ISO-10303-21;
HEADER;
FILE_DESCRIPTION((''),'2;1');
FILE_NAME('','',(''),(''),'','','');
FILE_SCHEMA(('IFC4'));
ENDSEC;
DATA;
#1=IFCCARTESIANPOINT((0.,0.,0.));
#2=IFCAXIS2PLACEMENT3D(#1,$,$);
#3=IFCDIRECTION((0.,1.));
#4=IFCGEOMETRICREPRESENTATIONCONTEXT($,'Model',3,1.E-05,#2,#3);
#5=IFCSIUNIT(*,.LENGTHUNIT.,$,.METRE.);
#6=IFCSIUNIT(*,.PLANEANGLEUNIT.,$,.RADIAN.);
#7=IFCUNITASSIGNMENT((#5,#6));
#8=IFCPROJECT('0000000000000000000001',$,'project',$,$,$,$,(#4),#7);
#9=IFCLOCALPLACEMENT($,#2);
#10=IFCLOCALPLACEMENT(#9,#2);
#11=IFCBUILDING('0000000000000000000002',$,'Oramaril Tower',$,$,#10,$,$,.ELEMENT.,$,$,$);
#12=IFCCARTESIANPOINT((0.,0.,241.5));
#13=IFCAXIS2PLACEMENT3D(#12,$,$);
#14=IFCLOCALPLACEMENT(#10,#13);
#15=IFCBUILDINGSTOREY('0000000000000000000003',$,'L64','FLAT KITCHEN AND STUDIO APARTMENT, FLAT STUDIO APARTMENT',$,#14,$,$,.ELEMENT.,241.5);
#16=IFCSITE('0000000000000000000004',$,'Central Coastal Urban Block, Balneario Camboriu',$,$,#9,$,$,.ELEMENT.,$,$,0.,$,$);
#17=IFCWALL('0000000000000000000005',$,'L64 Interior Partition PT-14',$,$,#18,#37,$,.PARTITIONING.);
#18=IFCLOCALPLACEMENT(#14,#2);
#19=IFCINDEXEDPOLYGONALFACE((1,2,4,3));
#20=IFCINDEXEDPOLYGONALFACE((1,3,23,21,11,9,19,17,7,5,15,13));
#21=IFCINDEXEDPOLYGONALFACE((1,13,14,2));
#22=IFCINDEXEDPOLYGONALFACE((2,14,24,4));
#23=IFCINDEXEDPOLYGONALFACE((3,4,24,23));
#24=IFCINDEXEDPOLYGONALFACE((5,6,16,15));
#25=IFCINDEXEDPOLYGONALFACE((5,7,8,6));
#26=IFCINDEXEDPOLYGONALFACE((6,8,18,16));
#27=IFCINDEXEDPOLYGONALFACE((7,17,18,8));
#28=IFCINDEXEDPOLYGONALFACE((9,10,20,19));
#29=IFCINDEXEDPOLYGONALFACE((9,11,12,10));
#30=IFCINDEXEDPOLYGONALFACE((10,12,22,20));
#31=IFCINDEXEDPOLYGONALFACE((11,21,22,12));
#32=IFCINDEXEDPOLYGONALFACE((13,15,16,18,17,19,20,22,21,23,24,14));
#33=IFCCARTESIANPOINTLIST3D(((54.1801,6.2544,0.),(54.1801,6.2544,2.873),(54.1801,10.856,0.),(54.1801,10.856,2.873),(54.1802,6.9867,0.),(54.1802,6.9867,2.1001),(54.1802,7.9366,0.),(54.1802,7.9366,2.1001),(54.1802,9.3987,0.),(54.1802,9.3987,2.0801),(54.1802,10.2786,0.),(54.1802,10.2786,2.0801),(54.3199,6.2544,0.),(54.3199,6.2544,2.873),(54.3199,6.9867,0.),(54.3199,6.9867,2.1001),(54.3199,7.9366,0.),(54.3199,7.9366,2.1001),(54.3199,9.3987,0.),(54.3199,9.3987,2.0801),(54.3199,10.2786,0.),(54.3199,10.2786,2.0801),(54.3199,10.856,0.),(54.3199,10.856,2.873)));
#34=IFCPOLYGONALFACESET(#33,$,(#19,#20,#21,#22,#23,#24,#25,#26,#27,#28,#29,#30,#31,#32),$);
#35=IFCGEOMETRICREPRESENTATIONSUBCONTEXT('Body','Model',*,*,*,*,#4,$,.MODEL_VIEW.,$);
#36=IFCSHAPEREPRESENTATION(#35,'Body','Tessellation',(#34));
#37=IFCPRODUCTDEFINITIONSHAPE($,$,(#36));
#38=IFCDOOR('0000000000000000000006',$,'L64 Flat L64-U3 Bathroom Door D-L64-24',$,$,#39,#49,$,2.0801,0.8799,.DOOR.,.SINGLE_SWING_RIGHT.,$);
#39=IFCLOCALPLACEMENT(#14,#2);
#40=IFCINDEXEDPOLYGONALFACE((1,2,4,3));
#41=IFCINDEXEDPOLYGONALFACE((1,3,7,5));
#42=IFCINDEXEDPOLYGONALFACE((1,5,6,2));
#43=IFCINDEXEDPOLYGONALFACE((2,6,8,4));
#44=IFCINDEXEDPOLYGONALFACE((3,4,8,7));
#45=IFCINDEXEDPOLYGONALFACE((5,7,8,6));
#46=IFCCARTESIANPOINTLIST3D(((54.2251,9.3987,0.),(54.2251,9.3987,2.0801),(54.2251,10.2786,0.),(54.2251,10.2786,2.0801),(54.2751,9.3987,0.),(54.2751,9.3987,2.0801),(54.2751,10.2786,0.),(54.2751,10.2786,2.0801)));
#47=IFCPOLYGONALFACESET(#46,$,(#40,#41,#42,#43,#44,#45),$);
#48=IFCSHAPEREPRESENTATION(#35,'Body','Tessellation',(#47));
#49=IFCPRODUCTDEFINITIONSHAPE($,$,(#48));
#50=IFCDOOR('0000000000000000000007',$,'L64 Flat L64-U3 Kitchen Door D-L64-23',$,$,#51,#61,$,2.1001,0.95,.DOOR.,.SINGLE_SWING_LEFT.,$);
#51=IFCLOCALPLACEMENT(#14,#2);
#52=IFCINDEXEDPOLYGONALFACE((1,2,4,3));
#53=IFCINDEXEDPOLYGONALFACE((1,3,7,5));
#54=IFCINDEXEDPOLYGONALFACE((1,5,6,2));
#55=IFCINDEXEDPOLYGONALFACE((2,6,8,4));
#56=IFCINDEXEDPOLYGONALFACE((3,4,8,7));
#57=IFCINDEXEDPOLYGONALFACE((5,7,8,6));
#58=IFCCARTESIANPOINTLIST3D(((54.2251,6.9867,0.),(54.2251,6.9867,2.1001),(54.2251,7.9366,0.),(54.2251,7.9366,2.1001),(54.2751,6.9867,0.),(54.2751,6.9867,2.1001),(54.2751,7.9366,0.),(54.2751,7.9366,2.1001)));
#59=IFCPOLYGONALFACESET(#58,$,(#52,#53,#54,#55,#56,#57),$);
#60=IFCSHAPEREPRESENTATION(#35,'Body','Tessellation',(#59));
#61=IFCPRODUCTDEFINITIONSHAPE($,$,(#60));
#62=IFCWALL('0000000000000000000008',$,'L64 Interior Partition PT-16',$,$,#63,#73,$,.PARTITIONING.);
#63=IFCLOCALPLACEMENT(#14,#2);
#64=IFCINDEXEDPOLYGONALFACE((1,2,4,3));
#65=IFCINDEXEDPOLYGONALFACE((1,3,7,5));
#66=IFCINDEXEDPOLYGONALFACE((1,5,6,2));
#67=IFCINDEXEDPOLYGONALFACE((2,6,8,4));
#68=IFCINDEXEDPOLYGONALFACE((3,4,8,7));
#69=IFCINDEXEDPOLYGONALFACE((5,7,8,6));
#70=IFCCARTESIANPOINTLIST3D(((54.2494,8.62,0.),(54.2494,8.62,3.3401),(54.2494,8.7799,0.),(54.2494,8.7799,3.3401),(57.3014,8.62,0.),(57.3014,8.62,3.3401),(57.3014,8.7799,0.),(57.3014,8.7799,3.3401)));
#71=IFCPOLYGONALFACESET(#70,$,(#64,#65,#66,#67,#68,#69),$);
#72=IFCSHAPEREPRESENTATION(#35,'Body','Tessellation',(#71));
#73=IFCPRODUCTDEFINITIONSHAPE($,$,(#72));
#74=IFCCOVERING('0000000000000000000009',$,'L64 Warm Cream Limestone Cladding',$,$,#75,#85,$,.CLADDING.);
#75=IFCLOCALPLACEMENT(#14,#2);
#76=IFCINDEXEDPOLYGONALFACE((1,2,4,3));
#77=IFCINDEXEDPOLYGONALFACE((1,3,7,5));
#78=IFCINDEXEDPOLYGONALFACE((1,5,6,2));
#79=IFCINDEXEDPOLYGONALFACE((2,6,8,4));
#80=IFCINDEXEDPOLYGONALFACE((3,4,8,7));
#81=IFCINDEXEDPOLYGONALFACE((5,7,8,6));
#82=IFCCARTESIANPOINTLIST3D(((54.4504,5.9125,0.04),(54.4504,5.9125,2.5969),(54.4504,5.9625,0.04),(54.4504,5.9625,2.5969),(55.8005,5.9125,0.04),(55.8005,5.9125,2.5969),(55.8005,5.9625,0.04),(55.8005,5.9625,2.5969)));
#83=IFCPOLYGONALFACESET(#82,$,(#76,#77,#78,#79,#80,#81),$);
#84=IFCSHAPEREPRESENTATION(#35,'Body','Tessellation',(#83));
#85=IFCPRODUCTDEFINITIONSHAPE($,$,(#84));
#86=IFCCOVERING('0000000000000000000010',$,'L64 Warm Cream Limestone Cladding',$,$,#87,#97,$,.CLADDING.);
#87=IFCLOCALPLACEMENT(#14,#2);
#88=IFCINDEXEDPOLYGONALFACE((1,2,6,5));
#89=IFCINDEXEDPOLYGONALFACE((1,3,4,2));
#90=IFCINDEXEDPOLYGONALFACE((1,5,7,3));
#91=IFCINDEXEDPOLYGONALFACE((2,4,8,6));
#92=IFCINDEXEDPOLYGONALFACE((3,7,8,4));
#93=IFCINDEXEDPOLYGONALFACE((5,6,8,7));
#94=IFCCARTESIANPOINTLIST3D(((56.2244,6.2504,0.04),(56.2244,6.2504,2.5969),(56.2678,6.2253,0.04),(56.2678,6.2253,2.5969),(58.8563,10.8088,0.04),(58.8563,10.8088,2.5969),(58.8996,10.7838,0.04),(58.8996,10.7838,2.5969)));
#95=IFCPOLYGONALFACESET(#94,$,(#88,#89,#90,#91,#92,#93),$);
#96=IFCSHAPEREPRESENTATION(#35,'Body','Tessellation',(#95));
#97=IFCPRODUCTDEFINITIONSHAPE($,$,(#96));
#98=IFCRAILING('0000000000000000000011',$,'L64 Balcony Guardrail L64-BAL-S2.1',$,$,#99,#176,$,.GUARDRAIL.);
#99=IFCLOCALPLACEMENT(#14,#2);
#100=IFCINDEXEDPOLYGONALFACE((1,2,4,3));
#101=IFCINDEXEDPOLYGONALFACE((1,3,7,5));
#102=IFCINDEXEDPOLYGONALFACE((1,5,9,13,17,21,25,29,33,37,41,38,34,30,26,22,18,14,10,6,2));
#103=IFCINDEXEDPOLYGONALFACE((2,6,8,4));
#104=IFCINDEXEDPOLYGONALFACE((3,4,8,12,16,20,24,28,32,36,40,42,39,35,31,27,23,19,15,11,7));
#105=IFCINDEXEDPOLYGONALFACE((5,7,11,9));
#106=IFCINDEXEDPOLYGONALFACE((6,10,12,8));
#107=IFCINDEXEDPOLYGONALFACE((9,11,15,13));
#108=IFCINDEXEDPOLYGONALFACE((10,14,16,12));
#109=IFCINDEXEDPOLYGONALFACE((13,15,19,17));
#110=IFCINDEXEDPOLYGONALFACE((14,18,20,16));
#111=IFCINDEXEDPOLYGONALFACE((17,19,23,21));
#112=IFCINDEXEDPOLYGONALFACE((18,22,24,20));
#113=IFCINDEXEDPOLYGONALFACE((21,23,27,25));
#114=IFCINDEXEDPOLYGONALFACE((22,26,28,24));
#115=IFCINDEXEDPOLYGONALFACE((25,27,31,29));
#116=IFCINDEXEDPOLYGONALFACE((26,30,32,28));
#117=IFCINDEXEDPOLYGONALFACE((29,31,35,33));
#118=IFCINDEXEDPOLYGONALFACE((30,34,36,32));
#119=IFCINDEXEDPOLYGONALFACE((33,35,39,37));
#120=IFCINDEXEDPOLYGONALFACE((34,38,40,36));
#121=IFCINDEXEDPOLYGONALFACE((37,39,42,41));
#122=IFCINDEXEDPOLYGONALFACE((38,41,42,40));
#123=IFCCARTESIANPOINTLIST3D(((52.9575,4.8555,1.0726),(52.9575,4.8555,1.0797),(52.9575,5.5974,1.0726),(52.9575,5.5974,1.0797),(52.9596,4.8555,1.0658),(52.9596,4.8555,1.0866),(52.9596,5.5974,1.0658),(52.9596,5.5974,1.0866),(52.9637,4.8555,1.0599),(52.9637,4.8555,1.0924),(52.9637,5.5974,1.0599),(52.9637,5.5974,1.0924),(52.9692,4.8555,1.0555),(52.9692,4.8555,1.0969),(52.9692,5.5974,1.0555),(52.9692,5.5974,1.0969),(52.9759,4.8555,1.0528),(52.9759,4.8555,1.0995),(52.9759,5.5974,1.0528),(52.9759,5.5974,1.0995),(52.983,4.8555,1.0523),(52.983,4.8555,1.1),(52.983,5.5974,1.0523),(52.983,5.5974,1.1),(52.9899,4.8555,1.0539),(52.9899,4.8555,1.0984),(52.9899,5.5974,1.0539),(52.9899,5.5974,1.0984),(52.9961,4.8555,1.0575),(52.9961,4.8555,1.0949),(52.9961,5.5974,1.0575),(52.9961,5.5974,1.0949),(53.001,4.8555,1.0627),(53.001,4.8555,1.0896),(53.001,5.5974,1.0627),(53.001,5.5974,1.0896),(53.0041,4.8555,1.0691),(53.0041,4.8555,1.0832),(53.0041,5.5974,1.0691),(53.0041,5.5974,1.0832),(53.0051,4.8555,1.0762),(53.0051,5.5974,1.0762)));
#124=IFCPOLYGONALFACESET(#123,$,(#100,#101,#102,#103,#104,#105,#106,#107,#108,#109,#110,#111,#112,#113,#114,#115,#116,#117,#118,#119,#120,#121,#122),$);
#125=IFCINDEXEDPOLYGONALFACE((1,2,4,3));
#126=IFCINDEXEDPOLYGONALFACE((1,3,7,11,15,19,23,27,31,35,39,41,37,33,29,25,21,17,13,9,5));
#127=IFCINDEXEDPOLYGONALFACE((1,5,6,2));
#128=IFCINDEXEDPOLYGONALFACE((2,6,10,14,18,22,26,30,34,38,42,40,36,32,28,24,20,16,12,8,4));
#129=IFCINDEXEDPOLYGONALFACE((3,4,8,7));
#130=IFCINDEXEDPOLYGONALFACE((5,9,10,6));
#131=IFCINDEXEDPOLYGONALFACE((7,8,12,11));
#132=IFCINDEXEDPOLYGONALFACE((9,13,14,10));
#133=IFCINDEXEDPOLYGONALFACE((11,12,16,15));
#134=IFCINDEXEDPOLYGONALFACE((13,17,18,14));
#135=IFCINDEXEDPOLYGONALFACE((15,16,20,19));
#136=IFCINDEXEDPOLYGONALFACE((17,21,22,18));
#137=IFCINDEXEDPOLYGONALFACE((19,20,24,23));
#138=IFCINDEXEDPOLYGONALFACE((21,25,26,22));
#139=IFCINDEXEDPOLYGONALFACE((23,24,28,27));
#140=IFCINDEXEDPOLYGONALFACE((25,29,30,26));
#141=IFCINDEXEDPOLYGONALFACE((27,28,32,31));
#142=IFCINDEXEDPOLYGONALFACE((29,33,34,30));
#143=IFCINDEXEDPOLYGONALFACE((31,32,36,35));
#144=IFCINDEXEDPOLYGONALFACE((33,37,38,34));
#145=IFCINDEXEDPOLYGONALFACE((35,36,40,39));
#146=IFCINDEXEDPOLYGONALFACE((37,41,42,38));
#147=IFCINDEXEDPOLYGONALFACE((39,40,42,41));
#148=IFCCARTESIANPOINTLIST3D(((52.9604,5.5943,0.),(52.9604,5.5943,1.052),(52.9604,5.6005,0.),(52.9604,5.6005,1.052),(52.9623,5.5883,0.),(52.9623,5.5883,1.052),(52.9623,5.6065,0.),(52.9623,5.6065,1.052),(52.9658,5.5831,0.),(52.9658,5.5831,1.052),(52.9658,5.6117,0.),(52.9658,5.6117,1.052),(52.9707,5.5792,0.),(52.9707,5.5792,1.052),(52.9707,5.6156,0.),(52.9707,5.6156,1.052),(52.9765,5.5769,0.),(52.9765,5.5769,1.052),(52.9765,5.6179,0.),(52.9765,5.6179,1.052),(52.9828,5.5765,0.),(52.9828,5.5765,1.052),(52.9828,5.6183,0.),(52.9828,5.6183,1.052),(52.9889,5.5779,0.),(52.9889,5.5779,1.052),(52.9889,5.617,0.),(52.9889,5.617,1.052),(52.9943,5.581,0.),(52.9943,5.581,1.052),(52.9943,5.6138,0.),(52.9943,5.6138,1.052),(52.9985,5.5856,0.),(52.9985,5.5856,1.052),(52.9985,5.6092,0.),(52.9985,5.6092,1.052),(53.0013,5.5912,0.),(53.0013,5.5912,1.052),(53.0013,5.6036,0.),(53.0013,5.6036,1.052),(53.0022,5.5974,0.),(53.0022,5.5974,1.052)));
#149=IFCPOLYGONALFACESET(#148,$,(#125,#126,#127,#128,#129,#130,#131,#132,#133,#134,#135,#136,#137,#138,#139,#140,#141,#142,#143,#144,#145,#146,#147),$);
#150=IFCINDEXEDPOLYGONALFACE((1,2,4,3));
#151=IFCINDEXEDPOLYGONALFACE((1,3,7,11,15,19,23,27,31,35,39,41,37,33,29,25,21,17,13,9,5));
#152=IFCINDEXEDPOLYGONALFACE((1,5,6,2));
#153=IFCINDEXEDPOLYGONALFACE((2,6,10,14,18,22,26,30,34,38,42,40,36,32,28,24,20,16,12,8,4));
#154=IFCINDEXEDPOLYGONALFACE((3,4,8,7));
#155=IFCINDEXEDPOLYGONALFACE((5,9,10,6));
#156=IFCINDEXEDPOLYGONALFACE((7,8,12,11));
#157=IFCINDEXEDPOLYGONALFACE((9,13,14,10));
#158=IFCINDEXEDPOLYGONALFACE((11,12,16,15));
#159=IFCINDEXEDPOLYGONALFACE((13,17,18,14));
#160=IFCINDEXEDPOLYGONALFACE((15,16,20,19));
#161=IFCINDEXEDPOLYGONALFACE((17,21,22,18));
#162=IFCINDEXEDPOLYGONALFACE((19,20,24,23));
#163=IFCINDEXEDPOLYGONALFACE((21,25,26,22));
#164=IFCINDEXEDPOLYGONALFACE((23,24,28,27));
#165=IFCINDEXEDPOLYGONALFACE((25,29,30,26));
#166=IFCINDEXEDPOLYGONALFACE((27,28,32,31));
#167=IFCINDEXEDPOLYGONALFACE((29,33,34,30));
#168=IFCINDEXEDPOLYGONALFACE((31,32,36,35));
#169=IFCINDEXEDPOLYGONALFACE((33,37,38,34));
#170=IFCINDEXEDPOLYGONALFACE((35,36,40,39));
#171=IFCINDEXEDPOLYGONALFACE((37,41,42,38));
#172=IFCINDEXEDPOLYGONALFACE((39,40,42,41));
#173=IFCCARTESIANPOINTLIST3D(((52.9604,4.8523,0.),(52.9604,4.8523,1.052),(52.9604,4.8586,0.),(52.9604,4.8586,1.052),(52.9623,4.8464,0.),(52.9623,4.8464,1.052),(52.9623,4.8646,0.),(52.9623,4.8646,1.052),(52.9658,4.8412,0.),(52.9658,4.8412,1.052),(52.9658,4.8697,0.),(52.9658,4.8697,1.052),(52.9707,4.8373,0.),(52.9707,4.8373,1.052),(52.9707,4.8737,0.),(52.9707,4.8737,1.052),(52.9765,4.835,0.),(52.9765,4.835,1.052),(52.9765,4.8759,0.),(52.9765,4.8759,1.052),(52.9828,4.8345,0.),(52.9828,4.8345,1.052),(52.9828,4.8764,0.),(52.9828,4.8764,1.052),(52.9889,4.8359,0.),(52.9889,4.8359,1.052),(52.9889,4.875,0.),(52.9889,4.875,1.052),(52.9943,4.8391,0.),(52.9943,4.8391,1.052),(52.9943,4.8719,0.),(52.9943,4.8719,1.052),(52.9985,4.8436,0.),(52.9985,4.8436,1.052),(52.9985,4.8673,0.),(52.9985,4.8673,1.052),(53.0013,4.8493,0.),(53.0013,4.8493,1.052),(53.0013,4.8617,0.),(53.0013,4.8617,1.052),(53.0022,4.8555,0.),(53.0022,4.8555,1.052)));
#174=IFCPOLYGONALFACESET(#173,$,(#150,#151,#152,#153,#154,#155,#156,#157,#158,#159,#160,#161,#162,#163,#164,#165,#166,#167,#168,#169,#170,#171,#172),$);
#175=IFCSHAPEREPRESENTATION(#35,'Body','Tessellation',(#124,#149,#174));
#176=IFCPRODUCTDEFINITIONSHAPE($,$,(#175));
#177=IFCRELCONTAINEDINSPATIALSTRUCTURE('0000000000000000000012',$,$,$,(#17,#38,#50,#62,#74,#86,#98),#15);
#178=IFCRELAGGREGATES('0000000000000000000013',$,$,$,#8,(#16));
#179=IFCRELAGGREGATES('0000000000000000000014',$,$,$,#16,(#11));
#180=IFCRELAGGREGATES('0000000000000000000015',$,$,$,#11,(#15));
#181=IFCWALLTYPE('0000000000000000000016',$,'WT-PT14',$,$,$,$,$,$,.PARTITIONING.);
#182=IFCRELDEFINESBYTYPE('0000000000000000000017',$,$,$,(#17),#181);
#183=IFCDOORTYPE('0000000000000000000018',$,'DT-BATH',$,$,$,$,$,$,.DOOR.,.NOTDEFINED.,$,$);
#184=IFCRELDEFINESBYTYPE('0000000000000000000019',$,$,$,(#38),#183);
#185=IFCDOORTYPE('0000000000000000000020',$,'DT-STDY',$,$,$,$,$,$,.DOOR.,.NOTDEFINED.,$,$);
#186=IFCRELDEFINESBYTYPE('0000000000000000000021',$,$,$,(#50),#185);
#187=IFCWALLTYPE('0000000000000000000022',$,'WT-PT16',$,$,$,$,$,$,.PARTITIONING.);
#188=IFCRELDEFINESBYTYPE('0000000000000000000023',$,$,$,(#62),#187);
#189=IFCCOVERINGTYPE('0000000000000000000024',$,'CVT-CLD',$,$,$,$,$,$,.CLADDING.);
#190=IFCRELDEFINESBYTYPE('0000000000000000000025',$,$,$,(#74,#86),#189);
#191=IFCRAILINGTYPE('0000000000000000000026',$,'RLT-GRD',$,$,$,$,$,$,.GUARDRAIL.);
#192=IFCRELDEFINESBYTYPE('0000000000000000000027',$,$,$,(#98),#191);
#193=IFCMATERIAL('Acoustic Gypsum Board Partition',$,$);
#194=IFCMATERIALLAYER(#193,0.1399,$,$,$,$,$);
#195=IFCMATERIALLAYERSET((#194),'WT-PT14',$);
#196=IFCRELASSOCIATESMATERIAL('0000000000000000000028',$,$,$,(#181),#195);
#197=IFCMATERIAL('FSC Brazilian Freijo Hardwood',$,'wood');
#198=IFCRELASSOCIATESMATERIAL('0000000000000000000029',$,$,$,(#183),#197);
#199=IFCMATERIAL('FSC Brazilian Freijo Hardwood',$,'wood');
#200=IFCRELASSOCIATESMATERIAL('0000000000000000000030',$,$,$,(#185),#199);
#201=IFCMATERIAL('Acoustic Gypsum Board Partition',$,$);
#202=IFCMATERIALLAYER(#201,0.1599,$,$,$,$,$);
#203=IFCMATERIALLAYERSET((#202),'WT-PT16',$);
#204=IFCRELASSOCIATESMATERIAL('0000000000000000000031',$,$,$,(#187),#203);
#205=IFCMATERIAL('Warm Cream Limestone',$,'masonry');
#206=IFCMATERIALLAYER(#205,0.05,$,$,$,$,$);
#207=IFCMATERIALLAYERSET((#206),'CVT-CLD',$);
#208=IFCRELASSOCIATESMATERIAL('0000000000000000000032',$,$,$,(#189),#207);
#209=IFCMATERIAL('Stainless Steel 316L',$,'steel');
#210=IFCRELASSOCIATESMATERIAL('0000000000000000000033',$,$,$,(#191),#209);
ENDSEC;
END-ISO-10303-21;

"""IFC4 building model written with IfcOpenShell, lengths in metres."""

from ifc_helpers import new_model, si_unit, direction, frame, frame_2d, origin, origin_2d, place, context, subcontext, project, spatial, rectangle, circle, extrude, material, layer, layer_set, type_object, element, fill, save


model = new_model("IFC4")

# Units and contexts
model_context = context("Model", 3, precision=1e-05, world=origin(), true_north=direction((0.0, 1.0)))
body_context = subcontext(model_context, "Body", "Model", "MODEL_VIEW")
ifc_project = project(units=[si_unit("LENGTHUNIT", "METRE"), si_unit("PLANEANGLEUNIT", "RADIAN")], contexts=[model_context])

# Site, building, storey
site_placement = place(None, origin())
site = spatial("IfcSite", under=ifc_project, at=site_placement, Name="Central Coastal Urban Block, Balneario Camboriu", CompositionType="ELEMENT", RefElevation=0.0)
building_placement = place(site_placement, origin())
building = spatial("IfcBuilding", under=site, at=building_placement, Name="Oramaril Tower", CompositionType="ELEMENT")
storey_placement = place(building_placement, frame((0.0, 0.0, 241.5)))
storey = spatial("IfcBuildingStorey", under=building, at=storey_placement, Name="L64", Description="FLAT KITCHEN AND STUDIO APARTMENT, FLAT STUDIO APARTMENT", CompositionType="ELEMENT", Elevation=241.5)

# Wall, openings, doors
ifc_material_1 = material(Name="Acoustic Gypsum Board Partition")
ifc_layer_1 = layer(ifc_material_1, 0.1399)
ifc_layer_set_1 = layer_set([ifc_layer_1], Name="WT-PT14")
wall_type_1 = type_object("IfcWallType", Name="WT-PT14", PredefinedType="PARTITIONING", material=ifc_layer_set_1)
wall_1_placement = place(storey_placement, frame((54.25, 6.2544, 0.0), z_axis=(0.0, 0.0, 1.0), x_axis=(0.0, 1.0, 0.0)))
wall_1 = element("IfcWall", 1, at=wall_1_placement, inside=storey, type_object=wall_type_1, Name="L64 Interior Partition PT-14", PredefinedType="PARTITIONING", context=body_context, shape_type="SweptSolid", body=[
    extrude(rectangle(XDim=4.6016, YDim=0.1399, at=frame_2d((2.3008, 0.0))), origin(), (0.0, 0.0, 1.0), 2.873),
])
opening_1_placement = place(wall_1_placement, frame((0.7322, 0.0, 0.0)))
opening_1 = element("IfcOpeningElement", 2, at=opening_1_placement, cuts=wall_1, PredefinedType="OPENING", context=body_context, shape_type="SweptSolid", body=[
    extrude(rectangle(XDim=0.95, YDim=2.1001, at=frame_2d((0.4751, 1.05))), frame((0.0, 0.0698, 0.0), z_axis=(0.0, -1.0, 0.0), x_axis=(1.0, 0.0, 0.0)), (0.0, 0.0, 1.0), 0.1399),
])
opening_2_placement = place(wall_1_placement, frame((3.1443, 0.0, 0.0)))
opening_2 = element("IfcOpeningElement", 3, at=opening_2_placement, cuts=wall_1, PredefinedType="OPENING", context=body_context, shape_type="SweptSolid", body=[
    extrude(rectangle(XDim=0.8799, YDim=2.0801, at=frame_2d((0.4399, 1.04))), frame((0.0, 0.0698, 0.0), z_axis=(0.0, -1.0, 0.0), x_axis=(1.0, 0.0, 0.0)), (0.0, 0.0, 1.0), 0.1399),
])
ifc_material_2 = material(Name="FSC Brazilian Freijo Hardwood", Category="wood")
door_type_1 = type_object("IfcDoorType", Name="DT-BATH", OperationType="NOTDEFINED", PredefinedType="DOOR", material=ifc_material_2)
door_1_placement = place(opening_2_placement, origin())
door_1 = element("IfcDoor", 4, at=door_1_placement, inside=storey, type_object=door_type_1, Name="L64 Flat L64-U3 Bathroom Door D-L64-24", OperationType="SINGLE_SWING_RIGHT", OverallHeight=2.0801, OverallWidth=0.8799, PredefinedType="DOOR", context=body_context, shape_type="SweptSolid", body=[
    extrude(rectangle(XDim=0.8799, YDim=2.0801, at=frame_2d((0.4399, 1.04))), frame((0.0, 0.0249, 0.0), z_axis=(0.0, -1.0, 0.0), x_axis=(1.0, 0.0, 0.0)), (0.0, 0.0, 1.0), 0.05),
])
fill(opening_2, door_1)
ifc_material_3 = material(Name="FSC Brazilian Freijo Hardwood", Category="wood")
door_type_2 = type_object("IfcDoorType", Name="DT-STDY", OperationType="NOTDEFINED", PredefinedType="DOOR", material=ifc_material_3)
door_2_placement = place(opening_1_placement, origin())
door_2 = element("IfcDoor", 5, at=door_2_placement, inside=storey, type_object=door_type_2, Name="L64 Flat L64-U3 Kitchen Door D-L64-23", OperationType="SINGLE_SWING_LEFT", OverallHeight=2.1001, OverallWidth=0.95, PredefinedType="DOOR", context=body_context, shape_type="SweptSolid", body=[
    extrude(rectangle(XDim=0.95, YDim=2.1001, at=frame_2d((0.4751, 1.05))), frame((0.0, 0.0249, 0.0), z_axis=(0.0, -1.0, 0.0), x_axis=(1.0, 0.0, 0.0)), (0.0, 0.0, 1.0), 0.05),
])
fill(opening_1, door_2)

# Wall
ifc_material_4 = material(Name="Acoustic Gypsum Board Partition")
ifc_layer_2 = layer(ifc_material_4, 0.1599)
ifc_layer_set_2 = layer_set([ifc_layer_2], Name="WT-PT16")
wall_type_2 = type_object("IfcWallType", Name="WT-PT16", PredefinedType="PARTITIONING", material=ifc_layer_set_2)
wall_2_placement = place(storey_placement, frame((54.2495, 8.7, 0.0), z_axis=(0.0, 0.0, 1.0), x_axis=(1.0, 0.0, 0.0)))
element("IfcWall", 6, at=wall_2_placement, inside=storey, type_object=wall_type_2, Name="L64 Interior Partition PT-16", PredefinedType="PARTITIONING", context=body_context, shape_type="SweptSolid", body=[
    extrude(rectangle(XDim=3.052, YDim=0.1599, at=frame_2d((1.5259, 0.0))), origin(), (0.0, 0.0, 1.0), 3.3401),
])

# Coverings
ifc_material_5 = material(Name="Warm Cream Limestone", Category="masonry")
ifc_layer_3 = layer(ifc_material_5, 0.05)
ifc_layer_set_3 = layer_set([ifc_layer_3], Name="CVT-CLD")
covering_type = type_object("IfcCoveringType", Name="CVT-CLD", PredefinedType="CLADDING", material=ifc_layer_set_3)
covering_1_placement = place(storey_placement, frame((55.1255, 5.9375, 0.04), z_axis=(0.0, 0.0, 1.0), x_axis=(1.0, 0.0, 0.0)))
element("IfcCovering", 7, at=covering_1_placement, inside=storey, type_object=covering_type, Name="L64 Warm Cream Limestone Cladding", PredefinedType="CLADDING", context=body_context, shape_type="SweptSolid", body=[
    extrude(rectangle(XDim=1.3501, YDim=0.05, at=origin_2d()), origin(), (0.0, 0.0, 1.0), 2.5569),
])
covering_2_placement = place(storey_placement, frame((57.562, 8.5171, 0.04), z_axis=(0.0, 0.0, 1.0), x_axis=(0.500002, 0.866025, 0.0)))
element("IfcCovering", 8, at=covering_2_placement, inside=storey, type_object=covering_type, Name="L64 Warm Cream Limestone Cladding", PredefinedType="CLADDING", context=body_context, shape_type="SweptSolid", body=[
    extrude(rectangle(XDim=5.2637, YDim=0.05, at=origin_2d()), origin(), (0.0, 0.0, 1.0), 2.5569),
])

# Railing
ifc_material_6 = material(Name="Stainless Steel 316L", Category="steel")
railing_type = type_object("IfcRailingType", Name="RLT-GRD", PredefinedType="GUARDRAIL", material=ifc_material_6)
railing_1_placement = place(storey_placement, frame((52.9812, 5.5974, 0.0)))
element("IfcRailing", 9, at=railing_1_placement, inside=storey, type_object=railing_type, Name="L64 Balcony Guardrail L64-BAL-S2.1", PredefinedType="GUARDRAIL", context=body_context, shape_type="SweptSolid", body=[
    extrude(circle(Radius=0.0239, at=origin_2d()), frame((0.0, 0.0, 1.0762), z_axis=(0.0, -1.0, 0.0), x_axis=(1.0, 0.0, 0.0)), (0.0, 0.0, 1.0), 0.7419),
    extrude(circle(Radius=0.021, at=origin_2d()), origin(), (0.0, 0.0, 1.0), 1.052),
    extrude(circle(Radius=0.021, at=origin_2d()), frame((0.0, -0.7419, 0.0)), (0.0, 0.0, 1.0), 1.052),
])

save(model, "model.ifc")
